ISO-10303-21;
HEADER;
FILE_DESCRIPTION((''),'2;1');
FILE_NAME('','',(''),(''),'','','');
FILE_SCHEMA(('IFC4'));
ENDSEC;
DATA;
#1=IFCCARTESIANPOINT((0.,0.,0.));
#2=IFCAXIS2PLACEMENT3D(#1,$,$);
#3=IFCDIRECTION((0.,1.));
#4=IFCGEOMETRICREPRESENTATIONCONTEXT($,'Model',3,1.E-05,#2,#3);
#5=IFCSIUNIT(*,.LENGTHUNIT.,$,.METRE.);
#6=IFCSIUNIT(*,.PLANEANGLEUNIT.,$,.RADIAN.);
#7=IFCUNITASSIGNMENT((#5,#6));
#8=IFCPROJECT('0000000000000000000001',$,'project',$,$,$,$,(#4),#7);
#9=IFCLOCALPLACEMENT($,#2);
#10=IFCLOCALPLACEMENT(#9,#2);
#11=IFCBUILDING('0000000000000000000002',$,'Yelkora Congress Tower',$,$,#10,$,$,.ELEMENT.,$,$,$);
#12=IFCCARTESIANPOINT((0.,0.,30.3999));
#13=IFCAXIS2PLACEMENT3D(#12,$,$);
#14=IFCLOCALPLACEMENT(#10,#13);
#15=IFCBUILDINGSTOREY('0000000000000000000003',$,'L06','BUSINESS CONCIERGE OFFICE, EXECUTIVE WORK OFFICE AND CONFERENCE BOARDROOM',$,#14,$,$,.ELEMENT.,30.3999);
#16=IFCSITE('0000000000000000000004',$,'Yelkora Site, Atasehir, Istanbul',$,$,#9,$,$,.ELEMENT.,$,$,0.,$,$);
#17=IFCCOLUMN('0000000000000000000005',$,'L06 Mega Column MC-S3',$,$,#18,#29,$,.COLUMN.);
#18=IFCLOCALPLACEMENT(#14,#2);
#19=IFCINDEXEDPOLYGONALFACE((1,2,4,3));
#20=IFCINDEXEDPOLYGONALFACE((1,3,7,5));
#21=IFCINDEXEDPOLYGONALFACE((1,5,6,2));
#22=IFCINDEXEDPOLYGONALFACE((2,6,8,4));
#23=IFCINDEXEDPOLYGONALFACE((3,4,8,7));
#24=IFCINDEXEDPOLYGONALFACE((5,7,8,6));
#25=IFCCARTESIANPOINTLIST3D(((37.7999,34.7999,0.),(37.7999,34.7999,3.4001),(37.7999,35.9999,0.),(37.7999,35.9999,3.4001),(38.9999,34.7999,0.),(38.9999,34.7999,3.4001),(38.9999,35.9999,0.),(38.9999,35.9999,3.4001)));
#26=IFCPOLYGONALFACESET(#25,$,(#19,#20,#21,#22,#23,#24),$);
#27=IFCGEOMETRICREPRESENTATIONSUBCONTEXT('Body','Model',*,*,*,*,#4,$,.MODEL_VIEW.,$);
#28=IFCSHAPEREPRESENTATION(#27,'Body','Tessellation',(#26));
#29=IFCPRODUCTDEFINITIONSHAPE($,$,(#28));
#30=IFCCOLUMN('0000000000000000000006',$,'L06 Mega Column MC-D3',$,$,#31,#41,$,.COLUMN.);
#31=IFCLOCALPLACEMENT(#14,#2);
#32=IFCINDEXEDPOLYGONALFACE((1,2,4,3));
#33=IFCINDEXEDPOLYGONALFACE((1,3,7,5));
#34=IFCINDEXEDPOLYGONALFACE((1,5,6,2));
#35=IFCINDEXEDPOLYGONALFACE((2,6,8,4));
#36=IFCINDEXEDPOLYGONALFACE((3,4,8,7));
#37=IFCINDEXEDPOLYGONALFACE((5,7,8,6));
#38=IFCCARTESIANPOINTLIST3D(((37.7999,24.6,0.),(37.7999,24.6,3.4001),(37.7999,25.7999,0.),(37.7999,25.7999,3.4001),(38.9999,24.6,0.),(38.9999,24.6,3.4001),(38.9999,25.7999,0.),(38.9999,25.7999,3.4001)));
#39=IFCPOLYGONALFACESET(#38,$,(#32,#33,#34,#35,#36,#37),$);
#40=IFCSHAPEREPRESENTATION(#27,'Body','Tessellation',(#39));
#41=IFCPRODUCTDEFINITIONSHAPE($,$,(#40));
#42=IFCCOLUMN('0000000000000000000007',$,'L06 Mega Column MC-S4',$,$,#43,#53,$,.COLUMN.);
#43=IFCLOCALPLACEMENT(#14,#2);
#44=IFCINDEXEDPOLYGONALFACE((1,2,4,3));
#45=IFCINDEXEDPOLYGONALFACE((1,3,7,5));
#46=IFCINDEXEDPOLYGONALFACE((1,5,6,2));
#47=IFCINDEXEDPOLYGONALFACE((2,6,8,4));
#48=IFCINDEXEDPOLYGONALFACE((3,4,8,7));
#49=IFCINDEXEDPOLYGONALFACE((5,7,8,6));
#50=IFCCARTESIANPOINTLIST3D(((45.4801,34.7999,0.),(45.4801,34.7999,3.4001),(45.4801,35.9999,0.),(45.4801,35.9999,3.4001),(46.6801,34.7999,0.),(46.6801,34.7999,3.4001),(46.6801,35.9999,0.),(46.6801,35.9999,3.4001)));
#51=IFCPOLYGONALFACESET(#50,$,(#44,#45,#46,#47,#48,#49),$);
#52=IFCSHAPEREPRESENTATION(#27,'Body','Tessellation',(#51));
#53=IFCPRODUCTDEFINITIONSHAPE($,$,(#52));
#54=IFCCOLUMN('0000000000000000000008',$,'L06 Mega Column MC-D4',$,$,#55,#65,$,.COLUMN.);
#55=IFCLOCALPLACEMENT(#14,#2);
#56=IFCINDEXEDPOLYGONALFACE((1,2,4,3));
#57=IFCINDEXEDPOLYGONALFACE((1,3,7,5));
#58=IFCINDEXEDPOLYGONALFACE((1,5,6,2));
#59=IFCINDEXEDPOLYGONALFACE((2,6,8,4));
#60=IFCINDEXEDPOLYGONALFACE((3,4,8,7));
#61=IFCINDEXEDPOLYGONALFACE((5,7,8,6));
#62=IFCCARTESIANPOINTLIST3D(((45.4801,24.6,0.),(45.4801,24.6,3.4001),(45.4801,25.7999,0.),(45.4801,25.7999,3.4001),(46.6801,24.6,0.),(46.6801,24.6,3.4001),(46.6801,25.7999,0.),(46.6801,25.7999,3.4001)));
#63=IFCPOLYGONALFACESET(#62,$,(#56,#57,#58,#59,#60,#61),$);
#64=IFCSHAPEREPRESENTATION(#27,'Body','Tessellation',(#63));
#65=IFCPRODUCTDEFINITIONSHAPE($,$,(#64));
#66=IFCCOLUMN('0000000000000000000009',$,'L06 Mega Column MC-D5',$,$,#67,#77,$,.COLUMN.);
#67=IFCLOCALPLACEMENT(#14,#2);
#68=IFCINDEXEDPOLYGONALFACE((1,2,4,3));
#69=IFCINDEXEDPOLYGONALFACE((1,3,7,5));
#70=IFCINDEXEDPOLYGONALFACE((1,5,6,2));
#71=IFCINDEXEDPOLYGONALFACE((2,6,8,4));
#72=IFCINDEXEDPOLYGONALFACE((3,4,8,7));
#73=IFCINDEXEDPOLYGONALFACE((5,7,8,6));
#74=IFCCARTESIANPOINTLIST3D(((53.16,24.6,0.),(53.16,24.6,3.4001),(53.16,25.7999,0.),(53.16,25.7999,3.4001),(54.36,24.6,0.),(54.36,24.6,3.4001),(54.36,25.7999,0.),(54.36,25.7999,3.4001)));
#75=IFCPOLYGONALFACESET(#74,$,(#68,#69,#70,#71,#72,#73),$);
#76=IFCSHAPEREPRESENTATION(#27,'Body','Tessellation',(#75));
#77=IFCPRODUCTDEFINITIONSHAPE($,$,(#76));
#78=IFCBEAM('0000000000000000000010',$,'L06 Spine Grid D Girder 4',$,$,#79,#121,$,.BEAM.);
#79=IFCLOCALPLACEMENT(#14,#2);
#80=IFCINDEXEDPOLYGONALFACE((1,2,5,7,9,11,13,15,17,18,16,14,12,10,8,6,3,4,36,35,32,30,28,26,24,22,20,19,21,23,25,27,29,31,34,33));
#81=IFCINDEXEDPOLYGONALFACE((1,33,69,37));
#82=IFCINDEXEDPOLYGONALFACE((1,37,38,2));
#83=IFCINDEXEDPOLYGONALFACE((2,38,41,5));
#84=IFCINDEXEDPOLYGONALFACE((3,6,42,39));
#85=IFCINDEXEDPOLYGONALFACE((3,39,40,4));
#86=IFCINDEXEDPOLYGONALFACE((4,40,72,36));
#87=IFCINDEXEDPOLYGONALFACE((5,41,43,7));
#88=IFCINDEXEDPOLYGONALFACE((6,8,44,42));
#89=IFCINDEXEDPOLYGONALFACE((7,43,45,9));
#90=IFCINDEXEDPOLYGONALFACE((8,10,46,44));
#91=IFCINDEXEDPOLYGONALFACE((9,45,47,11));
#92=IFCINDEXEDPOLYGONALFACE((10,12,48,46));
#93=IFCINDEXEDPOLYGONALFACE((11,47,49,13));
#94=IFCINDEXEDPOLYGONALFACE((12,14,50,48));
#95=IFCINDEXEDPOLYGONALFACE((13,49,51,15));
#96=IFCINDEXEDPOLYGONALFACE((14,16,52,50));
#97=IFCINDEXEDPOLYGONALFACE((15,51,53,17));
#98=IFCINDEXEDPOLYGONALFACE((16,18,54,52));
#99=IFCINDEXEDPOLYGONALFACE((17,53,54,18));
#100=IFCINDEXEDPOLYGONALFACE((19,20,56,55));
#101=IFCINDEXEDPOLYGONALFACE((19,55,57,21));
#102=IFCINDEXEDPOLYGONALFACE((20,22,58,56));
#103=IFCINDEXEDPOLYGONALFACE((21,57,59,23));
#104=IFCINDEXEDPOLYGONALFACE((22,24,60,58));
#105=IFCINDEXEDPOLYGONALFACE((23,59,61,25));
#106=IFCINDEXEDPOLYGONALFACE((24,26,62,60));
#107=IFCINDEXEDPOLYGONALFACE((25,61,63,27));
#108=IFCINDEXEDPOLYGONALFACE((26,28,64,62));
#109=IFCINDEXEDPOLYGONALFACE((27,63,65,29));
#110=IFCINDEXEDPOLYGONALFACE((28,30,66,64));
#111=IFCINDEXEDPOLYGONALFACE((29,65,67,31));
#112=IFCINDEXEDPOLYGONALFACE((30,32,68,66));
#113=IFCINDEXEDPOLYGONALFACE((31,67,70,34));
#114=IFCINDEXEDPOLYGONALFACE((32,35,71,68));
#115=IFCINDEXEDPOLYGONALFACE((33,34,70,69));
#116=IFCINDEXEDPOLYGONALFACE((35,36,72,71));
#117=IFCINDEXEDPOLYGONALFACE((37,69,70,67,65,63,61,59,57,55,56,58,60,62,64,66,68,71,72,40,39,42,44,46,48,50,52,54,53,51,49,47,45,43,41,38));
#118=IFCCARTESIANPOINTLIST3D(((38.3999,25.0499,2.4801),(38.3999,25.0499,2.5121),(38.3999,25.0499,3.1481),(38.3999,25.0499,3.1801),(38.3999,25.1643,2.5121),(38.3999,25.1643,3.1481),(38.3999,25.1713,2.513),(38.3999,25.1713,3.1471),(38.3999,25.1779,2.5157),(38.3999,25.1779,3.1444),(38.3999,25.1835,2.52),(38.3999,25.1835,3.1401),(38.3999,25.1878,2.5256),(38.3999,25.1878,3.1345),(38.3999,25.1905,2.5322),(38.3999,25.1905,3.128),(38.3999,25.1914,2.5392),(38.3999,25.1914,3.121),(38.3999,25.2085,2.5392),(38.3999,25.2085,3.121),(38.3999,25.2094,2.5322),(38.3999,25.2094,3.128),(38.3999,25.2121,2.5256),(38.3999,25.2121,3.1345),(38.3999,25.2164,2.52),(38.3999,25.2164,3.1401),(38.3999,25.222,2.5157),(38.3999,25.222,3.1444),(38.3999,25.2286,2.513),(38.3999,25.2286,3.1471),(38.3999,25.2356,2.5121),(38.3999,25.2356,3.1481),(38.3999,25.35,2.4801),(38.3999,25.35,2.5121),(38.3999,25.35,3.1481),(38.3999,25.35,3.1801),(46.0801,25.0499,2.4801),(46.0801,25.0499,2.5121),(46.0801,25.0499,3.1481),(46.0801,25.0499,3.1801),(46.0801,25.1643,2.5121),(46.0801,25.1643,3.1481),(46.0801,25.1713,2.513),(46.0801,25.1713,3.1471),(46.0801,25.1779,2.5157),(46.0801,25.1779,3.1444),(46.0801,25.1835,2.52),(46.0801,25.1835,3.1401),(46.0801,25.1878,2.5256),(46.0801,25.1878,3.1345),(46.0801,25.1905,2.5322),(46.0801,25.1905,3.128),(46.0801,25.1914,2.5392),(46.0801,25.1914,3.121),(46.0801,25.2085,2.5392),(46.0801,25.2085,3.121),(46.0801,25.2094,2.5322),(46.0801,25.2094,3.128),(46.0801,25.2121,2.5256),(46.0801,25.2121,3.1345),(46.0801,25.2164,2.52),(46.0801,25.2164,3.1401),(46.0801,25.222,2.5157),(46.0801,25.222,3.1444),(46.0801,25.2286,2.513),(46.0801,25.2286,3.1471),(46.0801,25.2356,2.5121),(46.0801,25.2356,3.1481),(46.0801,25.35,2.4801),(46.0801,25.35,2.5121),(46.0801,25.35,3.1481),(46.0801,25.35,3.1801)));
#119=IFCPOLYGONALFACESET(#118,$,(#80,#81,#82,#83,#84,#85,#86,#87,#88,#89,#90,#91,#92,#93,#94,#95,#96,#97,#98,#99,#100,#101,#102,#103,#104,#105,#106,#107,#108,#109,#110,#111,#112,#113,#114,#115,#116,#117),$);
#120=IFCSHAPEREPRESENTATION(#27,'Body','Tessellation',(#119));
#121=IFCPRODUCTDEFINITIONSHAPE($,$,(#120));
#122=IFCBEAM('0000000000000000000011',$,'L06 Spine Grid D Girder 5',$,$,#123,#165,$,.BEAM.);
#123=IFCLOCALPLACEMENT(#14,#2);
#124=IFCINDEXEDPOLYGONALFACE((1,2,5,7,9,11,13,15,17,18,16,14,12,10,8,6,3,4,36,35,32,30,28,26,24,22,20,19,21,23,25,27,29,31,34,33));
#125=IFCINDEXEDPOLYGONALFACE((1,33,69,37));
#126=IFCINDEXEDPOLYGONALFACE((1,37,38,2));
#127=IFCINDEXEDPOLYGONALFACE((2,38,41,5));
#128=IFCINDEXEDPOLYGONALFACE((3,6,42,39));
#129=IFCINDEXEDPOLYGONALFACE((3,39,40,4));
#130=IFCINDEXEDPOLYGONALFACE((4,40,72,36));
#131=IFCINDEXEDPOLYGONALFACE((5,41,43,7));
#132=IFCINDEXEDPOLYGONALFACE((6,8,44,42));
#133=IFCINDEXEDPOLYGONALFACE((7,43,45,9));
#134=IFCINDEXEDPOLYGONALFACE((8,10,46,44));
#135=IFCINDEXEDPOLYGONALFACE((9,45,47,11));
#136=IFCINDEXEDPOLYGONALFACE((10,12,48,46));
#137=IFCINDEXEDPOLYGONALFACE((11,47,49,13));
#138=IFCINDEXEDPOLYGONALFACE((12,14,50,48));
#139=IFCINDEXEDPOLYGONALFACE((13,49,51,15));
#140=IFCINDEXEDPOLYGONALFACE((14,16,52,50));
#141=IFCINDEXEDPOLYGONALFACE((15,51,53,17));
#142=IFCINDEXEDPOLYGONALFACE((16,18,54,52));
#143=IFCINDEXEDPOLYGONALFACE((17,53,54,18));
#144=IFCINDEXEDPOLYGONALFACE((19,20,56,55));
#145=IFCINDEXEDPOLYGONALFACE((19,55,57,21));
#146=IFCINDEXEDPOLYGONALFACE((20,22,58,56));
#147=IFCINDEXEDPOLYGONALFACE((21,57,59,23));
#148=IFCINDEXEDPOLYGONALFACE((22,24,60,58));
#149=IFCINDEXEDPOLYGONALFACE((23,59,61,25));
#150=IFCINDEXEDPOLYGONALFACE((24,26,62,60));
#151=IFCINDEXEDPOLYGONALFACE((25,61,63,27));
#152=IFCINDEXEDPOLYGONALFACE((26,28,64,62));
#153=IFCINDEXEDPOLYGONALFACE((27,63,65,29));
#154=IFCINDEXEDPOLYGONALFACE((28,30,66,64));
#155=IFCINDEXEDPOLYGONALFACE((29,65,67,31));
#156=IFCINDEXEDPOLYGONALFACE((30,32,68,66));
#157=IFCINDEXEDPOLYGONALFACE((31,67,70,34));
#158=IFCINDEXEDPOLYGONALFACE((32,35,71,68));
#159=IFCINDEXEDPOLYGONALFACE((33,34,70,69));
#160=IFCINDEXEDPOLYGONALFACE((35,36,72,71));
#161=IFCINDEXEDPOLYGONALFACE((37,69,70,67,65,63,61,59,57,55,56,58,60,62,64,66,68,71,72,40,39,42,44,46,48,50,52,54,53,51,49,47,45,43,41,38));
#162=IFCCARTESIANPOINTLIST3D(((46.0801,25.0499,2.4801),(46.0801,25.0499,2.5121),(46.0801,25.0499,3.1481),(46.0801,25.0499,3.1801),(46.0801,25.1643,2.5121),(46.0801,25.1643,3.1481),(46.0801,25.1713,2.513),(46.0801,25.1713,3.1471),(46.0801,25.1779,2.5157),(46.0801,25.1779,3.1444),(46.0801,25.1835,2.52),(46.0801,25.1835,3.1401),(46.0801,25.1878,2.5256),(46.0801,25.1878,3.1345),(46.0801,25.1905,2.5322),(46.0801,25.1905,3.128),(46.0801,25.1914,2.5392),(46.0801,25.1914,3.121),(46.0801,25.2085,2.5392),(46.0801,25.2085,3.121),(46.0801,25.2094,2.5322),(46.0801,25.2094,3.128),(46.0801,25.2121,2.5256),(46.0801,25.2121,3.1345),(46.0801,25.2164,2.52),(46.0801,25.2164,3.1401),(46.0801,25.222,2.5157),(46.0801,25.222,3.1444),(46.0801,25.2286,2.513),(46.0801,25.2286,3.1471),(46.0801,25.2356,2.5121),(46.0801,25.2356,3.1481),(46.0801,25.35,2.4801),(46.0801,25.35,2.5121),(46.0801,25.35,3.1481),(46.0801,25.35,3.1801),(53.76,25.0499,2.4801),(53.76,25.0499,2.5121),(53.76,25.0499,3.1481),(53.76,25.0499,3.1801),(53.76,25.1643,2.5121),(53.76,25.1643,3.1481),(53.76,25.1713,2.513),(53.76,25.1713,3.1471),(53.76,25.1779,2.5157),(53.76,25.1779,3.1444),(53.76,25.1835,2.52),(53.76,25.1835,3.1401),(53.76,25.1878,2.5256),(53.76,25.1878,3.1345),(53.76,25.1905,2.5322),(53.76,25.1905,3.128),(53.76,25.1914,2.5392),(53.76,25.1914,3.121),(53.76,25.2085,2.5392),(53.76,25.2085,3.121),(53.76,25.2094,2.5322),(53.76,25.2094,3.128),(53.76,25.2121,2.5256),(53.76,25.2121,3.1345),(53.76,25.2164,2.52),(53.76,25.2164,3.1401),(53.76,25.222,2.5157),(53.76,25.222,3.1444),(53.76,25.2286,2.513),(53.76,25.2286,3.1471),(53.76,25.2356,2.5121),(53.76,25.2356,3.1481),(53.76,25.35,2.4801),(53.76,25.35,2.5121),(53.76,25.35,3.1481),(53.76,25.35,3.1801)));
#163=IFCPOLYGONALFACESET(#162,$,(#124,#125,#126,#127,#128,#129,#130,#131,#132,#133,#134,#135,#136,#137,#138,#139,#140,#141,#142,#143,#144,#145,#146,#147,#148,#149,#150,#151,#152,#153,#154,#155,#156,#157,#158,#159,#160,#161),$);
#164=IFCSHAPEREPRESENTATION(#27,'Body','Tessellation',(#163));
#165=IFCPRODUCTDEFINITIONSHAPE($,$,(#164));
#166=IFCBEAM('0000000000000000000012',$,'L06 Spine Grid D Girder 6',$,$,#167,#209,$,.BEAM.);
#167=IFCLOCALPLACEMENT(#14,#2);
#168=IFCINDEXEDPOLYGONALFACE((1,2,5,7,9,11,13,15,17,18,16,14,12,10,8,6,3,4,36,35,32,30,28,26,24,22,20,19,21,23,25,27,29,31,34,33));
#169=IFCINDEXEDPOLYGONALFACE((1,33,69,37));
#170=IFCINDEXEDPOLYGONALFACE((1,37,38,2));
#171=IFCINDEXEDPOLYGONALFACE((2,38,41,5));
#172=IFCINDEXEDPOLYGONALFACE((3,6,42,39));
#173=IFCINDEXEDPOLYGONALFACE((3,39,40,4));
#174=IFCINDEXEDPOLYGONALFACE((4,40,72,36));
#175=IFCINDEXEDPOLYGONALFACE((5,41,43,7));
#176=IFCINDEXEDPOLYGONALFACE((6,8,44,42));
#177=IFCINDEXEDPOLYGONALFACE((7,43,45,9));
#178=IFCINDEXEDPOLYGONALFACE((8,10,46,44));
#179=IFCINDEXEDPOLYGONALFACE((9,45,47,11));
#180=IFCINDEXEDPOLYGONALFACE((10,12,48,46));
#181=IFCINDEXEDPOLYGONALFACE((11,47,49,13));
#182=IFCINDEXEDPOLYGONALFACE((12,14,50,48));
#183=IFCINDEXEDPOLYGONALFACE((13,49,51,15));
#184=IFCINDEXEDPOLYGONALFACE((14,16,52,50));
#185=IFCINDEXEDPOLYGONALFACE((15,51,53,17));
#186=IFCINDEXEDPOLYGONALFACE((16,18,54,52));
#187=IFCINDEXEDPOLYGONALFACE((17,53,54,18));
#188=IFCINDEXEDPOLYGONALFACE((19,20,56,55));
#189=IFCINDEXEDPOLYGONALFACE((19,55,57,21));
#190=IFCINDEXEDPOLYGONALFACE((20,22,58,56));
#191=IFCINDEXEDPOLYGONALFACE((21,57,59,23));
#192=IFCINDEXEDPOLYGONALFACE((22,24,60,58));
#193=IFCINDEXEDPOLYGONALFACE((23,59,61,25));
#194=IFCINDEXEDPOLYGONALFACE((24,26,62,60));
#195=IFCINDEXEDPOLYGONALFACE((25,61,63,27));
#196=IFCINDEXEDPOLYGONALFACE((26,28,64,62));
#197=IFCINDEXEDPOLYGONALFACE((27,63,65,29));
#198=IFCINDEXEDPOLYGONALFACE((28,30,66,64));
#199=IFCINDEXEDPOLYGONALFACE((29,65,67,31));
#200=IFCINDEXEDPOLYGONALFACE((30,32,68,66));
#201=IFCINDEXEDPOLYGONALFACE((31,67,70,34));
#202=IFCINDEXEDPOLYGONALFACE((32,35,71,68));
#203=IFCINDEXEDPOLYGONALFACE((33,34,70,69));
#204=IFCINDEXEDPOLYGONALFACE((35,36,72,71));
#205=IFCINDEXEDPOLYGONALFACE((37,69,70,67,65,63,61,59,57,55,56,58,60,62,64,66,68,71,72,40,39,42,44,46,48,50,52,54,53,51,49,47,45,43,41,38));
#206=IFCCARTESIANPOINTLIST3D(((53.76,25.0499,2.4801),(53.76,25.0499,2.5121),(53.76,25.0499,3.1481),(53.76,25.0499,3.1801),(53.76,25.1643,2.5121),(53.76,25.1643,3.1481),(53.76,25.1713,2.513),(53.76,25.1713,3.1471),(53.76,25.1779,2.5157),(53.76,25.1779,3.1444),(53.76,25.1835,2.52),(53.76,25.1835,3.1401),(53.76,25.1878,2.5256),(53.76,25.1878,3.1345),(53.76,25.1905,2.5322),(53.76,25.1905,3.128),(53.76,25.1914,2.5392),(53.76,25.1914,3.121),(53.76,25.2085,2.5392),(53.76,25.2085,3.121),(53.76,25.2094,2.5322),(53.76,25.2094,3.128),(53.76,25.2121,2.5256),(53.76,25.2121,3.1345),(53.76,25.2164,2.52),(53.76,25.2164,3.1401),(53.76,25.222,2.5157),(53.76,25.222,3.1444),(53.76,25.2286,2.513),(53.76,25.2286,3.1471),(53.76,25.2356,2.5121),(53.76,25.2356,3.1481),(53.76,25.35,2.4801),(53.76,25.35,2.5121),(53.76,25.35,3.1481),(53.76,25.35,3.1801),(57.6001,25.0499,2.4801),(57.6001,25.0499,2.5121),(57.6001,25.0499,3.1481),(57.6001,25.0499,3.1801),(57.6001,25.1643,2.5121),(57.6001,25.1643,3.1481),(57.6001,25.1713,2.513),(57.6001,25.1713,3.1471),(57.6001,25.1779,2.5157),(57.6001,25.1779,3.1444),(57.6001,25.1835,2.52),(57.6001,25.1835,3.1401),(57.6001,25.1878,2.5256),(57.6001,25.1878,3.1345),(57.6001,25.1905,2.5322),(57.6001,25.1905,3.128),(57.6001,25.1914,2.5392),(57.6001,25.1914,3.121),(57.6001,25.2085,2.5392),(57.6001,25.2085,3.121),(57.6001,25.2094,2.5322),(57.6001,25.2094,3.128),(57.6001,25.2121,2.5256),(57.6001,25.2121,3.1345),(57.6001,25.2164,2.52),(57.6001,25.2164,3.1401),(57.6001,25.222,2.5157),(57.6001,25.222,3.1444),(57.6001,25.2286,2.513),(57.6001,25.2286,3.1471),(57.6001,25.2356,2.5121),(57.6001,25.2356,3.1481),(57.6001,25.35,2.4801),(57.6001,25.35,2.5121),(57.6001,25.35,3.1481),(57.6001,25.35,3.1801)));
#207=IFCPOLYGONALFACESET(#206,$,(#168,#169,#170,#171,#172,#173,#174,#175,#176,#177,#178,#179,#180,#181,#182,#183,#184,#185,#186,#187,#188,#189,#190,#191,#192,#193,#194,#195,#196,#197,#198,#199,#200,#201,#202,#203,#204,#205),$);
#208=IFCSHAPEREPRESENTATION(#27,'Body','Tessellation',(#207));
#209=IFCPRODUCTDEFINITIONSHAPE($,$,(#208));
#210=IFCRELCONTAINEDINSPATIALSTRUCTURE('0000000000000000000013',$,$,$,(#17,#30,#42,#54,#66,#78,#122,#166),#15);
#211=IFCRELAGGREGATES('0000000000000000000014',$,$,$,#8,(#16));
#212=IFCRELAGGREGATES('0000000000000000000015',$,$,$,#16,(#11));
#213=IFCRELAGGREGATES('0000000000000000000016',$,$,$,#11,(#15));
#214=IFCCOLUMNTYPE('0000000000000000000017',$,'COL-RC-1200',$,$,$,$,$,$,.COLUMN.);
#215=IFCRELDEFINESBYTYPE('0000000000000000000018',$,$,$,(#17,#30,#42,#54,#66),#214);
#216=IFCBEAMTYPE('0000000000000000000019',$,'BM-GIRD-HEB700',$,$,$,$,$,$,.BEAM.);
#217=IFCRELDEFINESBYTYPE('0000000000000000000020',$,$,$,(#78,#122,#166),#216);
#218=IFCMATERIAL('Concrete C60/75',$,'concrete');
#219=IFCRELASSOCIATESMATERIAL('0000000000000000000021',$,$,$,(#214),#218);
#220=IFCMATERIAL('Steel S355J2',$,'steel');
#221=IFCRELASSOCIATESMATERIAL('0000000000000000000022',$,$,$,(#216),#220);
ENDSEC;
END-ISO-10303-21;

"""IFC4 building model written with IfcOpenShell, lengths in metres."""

from ifc_helpers import new_model, si_unit, direction, frame, origin, origin_2d, place, context, subcontext, project, spatial, rectangle, i_section, extrude, material, material_profile, profile_set, type_object, element, save


model = new_model("IFC4")

# Units and contexts
model_context = context("Model", 3, precision=1e-05, world=origin(), true_north=direction((0.0, 1.0)))
body_context = subcontext(model_context, "Body", "Model", "MODEL_VIEW")
ifc_project = project(units=[si_unit("LENGTHUNIT", "METRE"), si_unit("PLANEANGLEUNIT", "RADIAN")], contexts=[model_context])

# Site, building, storey
site_placement = place(None, origin())
site = spatial("IfcSite", under=ifc_project, at=site_placement, Name="Yelkora Site, Atasehir, Istanbul", CompositionType="ELEMENT", RefElevation=0.0)
building_placement = place(site_placement, origin())
building = spatial("IfcBuilding", under=site, at=building_placement, Name="Yelkora Congress Tower", CompositionType="ELEMENT")
storey_placement = place(building_placement, frame((0.0, 0.0, 30.3999)))
storey = spatial("IfcBuildingStorey", under=building, at=storey_placement, Name="L06", Description="BUSINESS CONCIERGE OFFICE, EXECUTIVE WORK OFFICE AND CONFERENCE BOARDROOM", CompositionType="ELEMENT", Elevation=30.3999)

# Columns
ifc_material_1 = material(Name="Concrete C60/75", Category="concrete")
ifc_material_profile_1 = material_profile(ifc_material_1, rectangle(XDim=1.2, YDim=1.2, at=origin_2d()), Name="RC 1200x1200")
ifc_profile_set_1 = profile_set([ifc_material_profile_1], Name="Concrete C60/75")
column_type = type_object("IfcColumnType", Name="COL-RC-1200", PredefinedType="COLUMN", material=ifc_profile_set_1)
for number, where, z_axis, x_axis, name in (
    (1, (38.3999, 35.3999, 0.0), (0.0, 0.0, 1.0), (1.0, 0.0, 0.0), "L06 Mega Column MC-S3"),
    (2, (38.3999, 25.2, 0.0), (0.0, 0.0, 1.0), (1.0, 0.0, 0.0), "L06 Mega Column MC-D3"),
    (3, (46.0801, 35.3999, 0.0), (0.0, 0.0, 1.0), (1.0, 0.0, 0.0), "L06 Mega Column MC-S4"),
    (4, (46.0801, 25.2, 0.0), (0.0, 0.0, 1.0), (1.0, 0.0, 0.0), "L06 Mega Column MC-D4"),
    (5, (53.76, 25.2, 0.0), (0.0, 0.0, 1.0), (1.0, 0.0, 0.0), "L06 Mega Column MC-D5"),
):
    element("IfcColumn", number, at=place(storey_placement, frame(where, z_axis=z_axis, x_axis=x_axis)), inside=storey, type_object=column_type, Name=name, PredefinedType="COLUMN", context=body_context, shape_type="SweptSolid", body=[
        extrude(rectangle(XDim=1.2, YDim=1.2, at=origin_2d()), origin(), (0.0, 0.0, 1.0), 3.4001),
    ])

# Beams
ifc_material_2 = material(Name="Steel S355J2", Category="steel")
ifc_material_profile_2 = material_profile(ifc_material_2, i_section(OverallWidth=0.3, OverallDepth=0.7, WebThickness=0.0171, FlangeThickness=0.032, FilletRadius=0.0271, at=origin_2d()), Name="HEB 700")
ifc_profile_set_2 = profile_set([ifc_material_profile_2], Name="Steel S355J2")
beam_type_1 = type_object("IfcBeamType", Name="BM-GIRD-HEB700", PredefinedType="BEAM", material=ifc_profile_set_2)
beam_1_placement = place(storey_placement, frame((38.3999, 25.2, 2.8301), z_axis=(1.0, 0.0, 0.0), x_axis=(0.0, 1.0, 0.0)))
element("IfcBeam", 6, at=beam_1_placement, inside=storey, type_object=beam_type_1, Name="L06 Spine Grid D Girder 4", PredefinedType="BEAM", context=body_context, shape_type="SweptSolid", body=[
    extrude(i_section(OverallWidth=0.3, OverallDepth=0.7, WebThickness=0.0171, FlangeThickness=0.032, FilletRadius=0.0271, at=origin_2d()), origin(), (0.0, 0.0, 1.0), 7.6802),
])
beam_2_placement = place(storey_placement, frame((46.0801, 25.2, 2.8301), z_axis=(1.0, 0.0, 0.0), x_axis=(0.0, 1.0, 0.0)))
element("IfcBeam", 7, at=beam_2_placement, inside=storey, type_object=beam_type_1, Name="L06 Spine Grid D Girder 5", PredefinedType="BEAM", context=body_context, shape_type="SweptSolid", body=[
    extrude(i_section(OverallWidth=0.3, OverallDepth=0.7, WebThickness=0.0171, FlangeThickness=0.032, FilletRadius=0.0271, at=origin_2d()), origin(), (0.0, 0.0, 1.0), 7.6799),
])
beam_3_placement = place(storey_placement, frame((53.76, 25.2, 2.8301), z_axis=(1.0, 0.0, 0.0), x_axis=(0.0, 1.0, 0.0)))
element("IfcBeam", 8, at=beam_3_placement, inside=storey, type_object=beam_type_1, Name="L06 Spine Grid D Girder 6", PredefinedType="BEAM", context=body_context, shape_type="SweptSolid", body=[
    extrude(i_section(OverallWidth=0.3, OverallDepth=0.7, WebThickness=0.0171, FlangeThickness=0.032, FilletRadius=0.0271, at=origin_2d()), origin(), (0.0, 0.0, 1.0), 3.8401),
])

save(model, "model.ifc")
